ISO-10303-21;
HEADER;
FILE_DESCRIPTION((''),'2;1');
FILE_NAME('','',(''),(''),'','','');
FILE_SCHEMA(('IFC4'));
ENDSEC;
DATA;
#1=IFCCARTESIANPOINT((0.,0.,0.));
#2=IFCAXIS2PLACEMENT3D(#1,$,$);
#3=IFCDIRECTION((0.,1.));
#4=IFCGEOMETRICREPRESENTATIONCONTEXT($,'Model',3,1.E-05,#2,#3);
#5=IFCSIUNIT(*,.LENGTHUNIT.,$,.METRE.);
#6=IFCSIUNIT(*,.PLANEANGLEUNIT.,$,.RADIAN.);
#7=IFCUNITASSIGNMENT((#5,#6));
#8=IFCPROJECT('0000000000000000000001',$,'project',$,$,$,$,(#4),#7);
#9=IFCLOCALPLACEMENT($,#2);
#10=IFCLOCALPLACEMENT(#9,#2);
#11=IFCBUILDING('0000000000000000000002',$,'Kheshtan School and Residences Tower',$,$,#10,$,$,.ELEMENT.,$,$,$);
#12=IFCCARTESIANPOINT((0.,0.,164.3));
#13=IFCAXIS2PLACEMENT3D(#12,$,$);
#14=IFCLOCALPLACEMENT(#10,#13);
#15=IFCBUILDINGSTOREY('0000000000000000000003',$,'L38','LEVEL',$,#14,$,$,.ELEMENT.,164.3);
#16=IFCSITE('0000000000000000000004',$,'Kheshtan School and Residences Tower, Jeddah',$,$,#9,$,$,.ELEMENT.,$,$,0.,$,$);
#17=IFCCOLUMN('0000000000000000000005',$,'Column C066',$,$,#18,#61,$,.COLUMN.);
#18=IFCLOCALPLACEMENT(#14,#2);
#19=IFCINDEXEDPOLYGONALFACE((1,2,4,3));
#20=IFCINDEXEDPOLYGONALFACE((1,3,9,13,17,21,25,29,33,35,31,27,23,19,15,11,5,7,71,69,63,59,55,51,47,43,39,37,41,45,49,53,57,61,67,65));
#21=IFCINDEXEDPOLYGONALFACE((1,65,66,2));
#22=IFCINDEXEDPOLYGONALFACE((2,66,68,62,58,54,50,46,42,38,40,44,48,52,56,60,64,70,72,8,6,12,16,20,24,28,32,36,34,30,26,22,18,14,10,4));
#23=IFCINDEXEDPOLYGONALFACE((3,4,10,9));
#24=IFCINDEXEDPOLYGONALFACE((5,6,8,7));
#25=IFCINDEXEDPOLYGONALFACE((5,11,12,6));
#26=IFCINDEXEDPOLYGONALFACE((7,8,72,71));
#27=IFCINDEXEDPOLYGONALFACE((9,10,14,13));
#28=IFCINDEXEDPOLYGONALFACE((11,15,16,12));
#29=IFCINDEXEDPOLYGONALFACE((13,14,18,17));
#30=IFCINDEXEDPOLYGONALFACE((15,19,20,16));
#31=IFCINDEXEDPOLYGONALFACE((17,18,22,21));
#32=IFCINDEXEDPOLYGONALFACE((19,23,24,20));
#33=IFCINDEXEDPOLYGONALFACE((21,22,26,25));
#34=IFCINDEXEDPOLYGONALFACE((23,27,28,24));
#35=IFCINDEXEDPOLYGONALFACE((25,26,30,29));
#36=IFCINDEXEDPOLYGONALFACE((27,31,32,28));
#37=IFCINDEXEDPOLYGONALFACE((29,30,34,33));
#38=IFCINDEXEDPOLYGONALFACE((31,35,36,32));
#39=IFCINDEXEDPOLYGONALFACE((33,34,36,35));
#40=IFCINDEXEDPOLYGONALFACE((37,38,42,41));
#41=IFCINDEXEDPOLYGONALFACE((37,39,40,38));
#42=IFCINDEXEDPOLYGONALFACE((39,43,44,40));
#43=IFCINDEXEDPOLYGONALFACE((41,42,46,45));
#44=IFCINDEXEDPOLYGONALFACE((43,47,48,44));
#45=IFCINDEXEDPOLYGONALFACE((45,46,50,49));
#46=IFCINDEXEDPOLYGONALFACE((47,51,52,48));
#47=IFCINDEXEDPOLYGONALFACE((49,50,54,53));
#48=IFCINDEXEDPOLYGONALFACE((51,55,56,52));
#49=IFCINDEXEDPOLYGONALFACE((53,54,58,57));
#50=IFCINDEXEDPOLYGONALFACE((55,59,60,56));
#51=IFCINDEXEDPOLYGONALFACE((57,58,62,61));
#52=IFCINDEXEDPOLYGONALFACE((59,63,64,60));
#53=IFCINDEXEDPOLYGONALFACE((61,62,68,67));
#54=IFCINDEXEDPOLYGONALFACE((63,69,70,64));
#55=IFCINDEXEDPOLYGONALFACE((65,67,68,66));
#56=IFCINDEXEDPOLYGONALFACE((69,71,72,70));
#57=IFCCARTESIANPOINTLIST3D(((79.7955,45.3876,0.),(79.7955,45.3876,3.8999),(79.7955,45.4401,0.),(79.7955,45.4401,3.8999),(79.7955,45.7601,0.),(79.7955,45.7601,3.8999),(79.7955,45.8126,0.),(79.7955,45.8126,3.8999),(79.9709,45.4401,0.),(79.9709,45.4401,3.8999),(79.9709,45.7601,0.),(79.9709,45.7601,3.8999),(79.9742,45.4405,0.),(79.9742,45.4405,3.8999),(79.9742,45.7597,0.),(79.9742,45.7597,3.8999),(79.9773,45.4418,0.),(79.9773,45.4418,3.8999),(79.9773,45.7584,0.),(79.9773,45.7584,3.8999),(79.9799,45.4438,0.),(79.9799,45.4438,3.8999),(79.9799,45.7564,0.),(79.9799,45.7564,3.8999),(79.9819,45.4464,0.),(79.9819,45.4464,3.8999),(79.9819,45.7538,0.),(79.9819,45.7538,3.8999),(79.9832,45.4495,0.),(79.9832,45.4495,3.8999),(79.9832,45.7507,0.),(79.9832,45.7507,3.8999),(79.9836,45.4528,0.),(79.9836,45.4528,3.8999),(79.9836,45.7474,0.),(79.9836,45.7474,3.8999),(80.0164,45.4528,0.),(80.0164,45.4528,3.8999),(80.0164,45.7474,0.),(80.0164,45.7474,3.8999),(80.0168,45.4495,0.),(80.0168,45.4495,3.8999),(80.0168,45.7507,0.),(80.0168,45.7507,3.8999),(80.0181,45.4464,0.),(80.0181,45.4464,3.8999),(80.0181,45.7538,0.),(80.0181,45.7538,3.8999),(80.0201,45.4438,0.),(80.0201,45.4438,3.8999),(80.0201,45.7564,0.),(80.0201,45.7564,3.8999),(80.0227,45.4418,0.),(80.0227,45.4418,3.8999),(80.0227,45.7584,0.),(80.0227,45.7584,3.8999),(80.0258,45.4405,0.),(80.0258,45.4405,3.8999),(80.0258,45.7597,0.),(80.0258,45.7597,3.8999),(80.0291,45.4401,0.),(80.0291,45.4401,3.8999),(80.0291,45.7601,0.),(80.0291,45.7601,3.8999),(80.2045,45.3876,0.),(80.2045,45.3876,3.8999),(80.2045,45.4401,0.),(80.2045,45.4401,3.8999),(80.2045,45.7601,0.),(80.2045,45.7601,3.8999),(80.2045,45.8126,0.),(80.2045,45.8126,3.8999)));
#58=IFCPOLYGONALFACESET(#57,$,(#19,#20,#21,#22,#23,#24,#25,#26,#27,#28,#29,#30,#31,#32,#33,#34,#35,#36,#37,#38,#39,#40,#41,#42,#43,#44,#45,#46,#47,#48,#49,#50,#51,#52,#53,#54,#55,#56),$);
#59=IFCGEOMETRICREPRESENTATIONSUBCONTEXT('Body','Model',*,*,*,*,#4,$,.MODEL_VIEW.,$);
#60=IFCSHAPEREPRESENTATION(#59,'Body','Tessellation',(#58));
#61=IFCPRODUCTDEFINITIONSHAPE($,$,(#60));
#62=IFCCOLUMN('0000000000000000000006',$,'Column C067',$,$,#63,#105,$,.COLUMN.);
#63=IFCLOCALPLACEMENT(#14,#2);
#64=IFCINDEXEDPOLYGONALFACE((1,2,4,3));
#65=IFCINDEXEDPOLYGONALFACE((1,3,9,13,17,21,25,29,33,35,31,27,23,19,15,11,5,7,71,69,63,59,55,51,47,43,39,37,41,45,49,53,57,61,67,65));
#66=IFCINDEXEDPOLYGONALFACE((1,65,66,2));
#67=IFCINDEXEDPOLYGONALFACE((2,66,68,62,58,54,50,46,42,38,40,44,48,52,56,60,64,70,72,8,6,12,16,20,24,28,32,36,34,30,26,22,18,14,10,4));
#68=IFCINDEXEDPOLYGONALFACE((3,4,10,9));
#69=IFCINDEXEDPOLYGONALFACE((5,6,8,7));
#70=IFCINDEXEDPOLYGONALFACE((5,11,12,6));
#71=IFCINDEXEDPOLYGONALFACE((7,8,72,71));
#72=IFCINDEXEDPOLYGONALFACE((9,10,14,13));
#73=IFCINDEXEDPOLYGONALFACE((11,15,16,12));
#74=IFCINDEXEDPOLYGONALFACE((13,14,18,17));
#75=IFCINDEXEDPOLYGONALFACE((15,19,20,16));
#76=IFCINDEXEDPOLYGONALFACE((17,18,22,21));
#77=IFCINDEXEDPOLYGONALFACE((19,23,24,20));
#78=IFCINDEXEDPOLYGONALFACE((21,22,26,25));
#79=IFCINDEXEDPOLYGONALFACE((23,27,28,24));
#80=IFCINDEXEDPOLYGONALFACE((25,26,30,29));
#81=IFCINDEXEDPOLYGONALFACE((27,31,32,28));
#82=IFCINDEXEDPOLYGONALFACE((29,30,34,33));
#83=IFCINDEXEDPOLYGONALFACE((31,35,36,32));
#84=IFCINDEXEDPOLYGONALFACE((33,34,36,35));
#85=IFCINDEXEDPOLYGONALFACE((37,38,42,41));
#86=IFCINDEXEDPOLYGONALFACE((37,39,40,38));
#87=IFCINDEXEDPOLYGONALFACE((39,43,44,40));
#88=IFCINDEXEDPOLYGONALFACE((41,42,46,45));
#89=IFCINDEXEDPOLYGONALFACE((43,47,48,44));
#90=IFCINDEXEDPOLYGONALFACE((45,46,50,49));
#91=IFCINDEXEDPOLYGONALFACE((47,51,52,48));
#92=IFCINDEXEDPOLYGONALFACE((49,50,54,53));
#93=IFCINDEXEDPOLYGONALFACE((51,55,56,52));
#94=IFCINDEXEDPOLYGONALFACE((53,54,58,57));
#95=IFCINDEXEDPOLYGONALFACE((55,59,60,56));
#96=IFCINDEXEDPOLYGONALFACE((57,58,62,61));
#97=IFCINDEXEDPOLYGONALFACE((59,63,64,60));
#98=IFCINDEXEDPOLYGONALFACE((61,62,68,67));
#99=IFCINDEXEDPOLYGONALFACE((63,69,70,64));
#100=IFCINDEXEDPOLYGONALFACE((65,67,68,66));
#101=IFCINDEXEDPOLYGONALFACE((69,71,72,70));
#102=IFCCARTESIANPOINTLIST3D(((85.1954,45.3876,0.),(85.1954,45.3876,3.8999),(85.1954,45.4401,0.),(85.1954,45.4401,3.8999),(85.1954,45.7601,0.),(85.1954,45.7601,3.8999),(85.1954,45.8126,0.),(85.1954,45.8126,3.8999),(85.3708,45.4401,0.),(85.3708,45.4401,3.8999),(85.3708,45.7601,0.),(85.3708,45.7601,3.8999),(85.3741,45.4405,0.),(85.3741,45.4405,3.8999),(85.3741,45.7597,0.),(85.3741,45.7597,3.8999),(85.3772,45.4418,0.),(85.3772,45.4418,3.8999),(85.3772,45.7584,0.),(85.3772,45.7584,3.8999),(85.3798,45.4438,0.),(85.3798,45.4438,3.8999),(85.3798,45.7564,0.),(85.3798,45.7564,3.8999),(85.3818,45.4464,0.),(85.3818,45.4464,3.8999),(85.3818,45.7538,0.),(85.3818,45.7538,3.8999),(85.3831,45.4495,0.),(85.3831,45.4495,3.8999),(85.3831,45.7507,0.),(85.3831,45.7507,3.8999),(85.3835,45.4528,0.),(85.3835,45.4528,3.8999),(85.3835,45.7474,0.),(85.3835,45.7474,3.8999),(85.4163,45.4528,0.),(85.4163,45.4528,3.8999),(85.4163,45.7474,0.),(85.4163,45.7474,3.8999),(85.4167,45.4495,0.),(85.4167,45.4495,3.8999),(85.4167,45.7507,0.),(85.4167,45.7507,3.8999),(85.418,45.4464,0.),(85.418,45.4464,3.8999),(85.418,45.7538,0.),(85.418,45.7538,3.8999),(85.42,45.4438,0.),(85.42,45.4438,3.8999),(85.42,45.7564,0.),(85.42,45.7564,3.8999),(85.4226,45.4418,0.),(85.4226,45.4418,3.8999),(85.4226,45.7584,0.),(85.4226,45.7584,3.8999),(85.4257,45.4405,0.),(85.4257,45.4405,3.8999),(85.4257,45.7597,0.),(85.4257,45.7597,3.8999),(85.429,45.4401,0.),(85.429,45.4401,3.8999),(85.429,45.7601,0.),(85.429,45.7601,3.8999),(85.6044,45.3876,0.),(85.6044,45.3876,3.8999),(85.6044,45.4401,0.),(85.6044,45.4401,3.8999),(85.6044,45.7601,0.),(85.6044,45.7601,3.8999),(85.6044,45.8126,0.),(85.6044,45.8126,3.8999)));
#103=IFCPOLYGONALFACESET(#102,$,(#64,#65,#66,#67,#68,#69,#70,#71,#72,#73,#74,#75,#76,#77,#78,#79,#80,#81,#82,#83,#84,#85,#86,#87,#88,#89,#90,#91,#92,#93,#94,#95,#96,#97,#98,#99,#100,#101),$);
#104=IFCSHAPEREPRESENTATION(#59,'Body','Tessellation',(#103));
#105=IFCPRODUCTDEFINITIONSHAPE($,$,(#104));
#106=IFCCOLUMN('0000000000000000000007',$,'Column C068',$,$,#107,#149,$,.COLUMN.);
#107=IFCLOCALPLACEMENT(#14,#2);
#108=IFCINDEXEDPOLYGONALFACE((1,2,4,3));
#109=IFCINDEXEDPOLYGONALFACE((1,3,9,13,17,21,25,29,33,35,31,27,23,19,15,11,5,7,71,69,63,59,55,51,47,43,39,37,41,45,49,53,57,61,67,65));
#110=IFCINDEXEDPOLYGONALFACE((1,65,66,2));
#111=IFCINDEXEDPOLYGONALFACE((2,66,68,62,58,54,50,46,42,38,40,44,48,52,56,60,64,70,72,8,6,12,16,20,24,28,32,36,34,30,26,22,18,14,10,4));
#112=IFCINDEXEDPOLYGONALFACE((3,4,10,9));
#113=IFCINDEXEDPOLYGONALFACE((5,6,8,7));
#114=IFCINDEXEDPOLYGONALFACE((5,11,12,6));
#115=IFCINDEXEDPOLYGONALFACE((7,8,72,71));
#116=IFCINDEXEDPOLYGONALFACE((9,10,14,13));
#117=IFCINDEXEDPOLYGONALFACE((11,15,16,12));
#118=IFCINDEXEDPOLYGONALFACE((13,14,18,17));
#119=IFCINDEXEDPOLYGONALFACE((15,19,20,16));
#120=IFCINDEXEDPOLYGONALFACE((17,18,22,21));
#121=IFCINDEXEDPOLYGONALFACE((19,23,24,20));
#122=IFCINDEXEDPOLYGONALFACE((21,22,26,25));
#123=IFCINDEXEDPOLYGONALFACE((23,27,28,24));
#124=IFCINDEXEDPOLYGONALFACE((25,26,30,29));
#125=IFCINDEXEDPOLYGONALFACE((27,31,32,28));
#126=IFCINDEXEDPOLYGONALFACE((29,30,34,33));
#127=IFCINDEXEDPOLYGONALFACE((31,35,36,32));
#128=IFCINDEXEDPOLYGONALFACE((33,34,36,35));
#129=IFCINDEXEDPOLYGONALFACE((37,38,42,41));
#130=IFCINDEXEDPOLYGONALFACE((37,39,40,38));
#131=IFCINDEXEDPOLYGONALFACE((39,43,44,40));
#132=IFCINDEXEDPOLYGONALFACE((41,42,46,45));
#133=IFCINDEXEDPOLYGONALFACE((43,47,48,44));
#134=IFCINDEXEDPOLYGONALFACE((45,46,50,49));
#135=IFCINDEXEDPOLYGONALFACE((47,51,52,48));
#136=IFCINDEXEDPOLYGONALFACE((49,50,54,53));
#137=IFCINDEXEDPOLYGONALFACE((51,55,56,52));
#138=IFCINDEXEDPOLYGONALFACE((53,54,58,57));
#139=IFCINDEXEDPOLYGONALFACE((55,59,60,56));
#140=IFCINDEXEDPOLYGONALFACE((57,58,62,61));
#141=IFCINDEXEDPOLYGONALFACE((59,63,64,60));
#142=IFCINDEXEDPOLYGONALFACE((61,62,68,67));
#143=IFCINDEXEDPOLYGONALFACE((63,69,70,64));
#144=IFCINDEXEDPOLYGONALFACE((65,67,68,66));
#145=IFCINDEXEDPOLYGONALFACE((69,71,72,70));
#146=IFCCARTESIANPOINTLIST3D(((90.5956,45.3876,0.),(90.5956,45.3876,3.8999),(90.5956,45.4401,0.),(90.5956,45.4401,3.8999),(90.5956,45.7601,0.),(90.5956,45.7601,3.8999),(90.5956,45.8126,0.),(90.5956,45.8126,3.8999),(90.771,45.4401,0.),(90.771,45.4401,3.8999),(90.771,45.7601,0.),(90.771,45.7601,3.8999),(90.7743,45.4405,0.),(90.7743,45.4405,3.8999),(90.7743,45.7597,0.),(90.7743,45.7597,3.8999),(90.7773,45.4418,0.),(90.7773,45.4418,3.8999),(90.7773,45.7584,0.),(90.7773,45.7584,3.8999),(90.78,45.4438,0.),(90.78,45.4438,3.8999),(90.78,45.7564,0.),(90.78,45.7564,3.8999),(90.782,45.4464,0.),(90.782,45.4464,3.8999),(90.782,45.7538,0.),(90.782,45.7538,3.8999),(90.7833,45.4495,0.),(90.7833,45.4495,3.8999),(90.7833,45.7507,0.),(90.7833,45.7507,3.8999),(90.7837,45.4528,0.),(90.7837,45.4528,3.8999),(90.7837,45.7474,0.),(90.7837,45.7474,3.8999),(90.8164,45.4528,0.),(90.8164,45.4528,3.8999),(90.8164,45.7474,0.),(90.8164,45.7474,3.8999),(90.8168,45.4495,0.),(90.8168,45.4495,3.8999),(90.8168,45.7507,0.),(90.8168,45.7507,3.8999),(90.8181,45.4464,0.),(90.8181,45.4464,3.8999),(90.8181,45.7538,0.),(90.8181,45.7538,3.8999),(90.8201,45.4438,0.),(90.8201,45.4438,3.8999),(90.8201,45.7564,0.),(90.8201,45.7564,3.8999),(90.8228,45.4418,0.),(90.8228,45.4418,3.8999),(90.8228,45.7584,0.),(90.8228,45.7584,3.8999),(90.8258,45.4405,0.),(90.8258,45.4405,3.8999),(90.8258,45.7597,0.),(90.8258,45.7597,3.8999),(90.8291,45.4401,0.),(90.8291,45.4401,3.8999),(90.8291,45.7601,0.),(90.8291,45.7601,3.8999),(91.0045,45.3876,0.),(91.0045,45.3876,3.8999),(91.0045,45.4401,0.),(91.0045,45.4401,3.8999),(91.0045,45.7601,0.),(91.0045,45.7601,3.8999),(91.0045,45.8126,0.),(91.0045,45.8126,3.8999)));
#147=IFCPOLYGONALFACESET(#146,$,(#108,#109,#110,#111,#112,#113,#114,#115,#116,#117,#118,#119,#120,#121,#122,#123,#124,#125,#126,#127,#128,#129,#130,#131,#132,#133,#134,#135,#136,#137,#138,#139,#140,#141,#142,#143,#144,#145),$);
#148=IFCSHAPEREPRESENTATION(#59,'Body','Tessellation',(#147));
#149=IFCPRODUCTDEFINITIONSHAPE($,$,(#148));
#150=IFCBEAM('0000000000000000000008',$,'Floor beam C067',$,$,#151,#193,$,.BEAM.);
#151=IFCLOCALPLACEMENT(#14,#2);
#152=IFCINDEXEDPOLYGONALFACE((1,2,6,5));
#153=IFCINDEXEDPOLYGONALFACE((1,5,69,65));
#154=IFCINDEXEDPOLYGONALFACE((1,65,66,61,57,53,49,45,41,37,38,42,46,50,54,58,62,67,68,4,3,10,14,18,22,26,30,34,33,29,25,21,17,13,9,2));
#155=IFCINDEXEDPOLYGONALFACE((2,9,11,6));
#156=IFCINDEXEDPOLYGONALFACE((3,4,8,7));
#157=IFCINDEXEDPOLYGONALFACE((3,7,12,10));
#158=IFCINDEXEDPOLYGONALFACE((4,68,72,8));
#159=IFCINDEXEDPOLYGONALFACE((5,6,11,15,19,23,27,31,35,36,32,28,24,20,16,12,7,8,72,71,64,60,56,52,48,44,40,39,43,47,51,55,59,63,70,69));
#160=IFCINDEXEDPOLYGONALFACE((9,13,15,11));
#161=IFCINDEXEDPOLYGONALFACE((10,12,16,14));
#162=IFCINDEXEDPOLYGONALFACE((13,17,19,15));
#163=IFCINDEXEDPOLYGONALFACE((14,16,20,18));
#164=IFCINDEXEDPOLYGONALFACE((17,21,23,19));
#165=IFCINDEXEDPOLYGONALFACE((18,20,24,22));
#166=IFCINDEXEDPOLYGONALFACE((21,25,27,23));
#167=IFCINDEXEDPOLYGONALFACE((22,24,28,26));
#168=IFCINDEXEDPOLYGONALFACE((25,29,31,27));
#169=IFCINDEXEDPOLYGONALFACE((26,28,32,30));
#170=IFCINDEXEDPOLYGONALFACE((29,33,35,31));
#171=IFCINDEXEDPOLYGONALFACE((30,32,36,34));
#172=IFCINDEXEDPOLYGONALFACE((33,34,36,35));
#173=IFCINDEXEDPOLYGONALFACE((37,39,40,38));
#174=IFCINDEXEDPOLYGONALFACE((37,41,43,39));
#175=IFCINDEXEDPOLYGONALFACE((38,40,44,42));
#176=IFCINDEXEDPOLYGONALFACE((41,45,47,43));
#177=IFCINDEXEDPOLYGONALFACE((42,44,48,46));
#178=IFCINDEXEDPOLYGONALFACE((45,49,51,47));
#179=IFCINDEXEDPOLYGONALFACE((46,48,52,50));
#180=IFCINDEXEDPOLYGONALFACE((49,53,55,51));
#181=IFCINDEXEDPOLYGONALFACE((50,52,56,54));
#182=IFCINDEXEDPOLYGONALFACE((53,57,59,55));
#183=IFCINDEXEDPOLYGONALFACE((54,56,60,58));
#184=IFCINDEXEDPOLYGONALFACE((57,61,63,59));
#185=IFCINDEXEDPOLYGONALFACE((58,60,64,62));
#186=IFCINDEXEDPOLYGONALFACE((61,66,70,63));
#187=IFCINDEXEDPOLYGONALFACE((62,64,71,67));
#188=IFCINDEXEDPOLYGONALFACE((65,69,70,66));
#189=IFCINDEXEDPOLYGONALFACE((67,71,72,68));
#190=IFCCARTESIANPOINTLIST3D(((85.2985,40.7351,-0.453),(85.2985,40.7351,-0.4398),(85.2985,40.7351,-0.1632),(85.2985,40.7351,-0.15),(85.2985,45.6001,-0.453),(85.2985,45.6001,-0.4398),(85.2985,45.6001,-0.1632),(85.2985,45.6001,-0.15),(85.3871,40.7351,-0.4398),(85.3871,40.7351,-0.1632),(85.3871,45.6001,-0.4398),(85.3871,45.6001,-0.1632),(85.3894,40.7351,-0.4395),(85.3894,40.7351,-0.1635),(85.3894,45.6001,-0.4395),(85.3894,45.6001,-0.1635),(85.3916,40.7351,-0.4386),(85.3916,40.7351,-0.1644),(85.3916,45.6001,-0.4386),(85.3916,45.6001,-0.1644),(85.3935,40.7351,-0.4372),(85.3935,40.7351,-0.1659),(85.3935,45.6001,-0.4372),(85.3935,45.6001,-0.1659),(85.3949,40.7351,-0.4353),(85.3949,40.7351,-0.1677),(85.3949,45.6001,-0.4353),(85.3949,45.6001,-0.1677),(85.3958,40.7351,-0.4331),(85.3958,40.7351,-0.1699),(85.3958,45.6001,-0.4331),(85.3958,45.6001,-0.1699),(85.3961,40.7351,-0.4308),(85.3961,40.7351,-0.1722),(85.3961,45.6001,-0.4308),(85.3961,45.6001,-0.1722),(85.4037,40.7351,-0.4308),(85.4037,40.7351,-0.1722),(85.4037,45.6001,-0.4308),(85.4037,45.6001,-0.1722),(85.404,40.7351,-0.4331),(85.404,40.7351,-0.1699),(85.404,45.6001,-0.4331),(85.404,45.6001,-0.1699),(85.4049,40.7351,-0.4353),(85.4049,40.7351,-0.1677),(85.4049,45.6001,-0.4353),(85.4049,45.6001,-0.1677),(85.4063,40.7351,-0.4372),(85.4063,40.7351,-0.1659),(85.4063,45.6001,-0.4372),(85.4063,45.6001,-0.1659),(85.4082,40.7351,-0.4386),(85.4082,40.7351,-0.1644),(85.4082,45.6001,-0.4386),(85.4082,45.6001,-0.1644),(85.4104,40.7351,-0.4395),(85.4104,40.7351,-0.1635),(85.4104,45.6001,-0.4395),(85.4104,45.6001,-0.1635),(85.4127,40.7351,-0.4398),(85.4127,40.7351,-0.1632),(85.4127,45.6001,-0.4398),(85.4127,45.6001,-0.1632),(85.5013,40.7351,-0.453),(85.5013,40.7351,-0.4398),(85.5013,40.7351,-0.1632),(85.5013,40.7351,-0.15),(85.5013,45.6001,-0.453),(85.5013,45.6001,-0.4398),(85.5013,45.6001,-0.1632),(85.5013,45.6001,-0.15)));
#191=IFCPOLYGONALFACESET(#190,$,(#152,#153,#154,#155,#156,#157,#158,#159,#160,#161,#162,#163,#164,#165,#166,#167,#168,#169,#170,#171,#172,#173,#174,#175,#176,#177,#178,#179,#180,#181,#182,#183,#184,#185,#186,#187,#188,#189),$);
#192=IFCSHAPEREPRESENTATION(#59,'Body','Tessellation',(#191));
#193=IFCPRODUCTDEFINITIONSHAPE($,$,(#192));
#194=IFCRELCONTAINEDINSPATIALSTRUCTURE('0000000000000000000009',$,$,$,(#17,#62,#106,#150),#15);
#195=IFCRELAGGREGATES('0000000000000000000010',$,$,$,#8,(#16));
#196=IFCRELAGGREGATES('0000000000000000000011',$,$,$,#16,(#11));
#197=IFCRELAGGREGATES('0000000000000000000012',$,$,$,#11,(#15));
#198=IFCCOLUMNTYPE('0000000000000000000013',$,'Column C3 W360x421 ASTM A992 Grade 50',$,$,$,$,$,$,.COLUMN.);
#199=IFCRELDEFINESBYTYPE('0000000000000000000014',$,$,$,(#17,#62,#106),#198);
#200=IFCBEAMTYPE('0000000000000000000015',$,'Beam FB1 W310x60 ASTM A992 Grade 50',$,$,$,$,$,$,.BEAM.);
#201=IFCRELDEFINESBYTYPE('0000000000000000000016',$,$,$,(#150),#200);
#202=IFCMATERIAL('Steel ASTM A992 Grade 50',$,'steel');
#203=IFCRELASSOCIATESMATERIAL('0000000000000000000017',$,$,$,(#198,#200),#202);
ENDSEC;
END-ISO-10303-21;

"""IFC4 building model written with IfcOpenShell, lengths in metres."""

from ifc_helpers import new_model, si_unit, direction, frame, origin, origin_2d, place, context, subcontext, project, spatial, i_section, extrude, material, material_profile, profile_set, type_object, element, save


model = new_model("IFC4")

# Units and contexts
model_context = context("Model", 3, precision=1e-05, world=origin(), true_north=direction((0.0, 1.0)))
body_context = subcontext(model_context, "Body", "Model", "MODEL_VIEW")
ifc_project = project(units=[si_unit("LENGTHUNIT", "METRE"), si_unit("PLANEANGLEUNIT", "RADIAN")], contexts=[model_context])

# Site, building, storey
site_placement = place(None, origin())
site = spatial("IfcSite", under=ifc_project, at=site_placement, Name="Kheshtan School and Residences Tower, Jeddah", CompositionType="ELEMENT", RefElevation=0.0)
building_placement = place(site_placement, origin())
building = spatial("IfcBuilding", under=site, at=building_placement, Name="Kheshtan School and Residences Tower", CompositionType="ELEMENT")
storey_placement = place(building_placement, frame((0.0, 0.0, 164.3)))
storey = spatial("IfcBuildingStorey", under=building, at=storey_placement, Name="L38", Description="LEVEL", CompositionType="ELEMENT", Elevation=164.3)

# Columns
ifc_material_1 = material(Name="Steel ASTM A992 Grade 50", Category="steel")
ifc_material_profile_1 = material_profile(ifc_material_1, i_section(OverallWidth=0.4089, OverallDepth=0.425, WebThickness=0.0327, FlangeThickness=0.0525, FilletRadius=0.0127, at=origin_2d()), Name="W360x421")
ifc_profile_set_1 = profile_set([ifc_material_profile_1], Name="Steel ASTM A992 Grade 50")
column_type = type_object("IfcColumnType", Name="Column C3 W360x421 ASTM A992 Grade 50", PredefinedType="COLUMN", material=ifc_profile_set_1)
for number, where, z_axis, x_axis, name in (
    (1, (80.0, 45.6001, 0.0), (0.0, 0.0, 1.0), (1.0, 0.0, 0.0), "Column C066"),
    (2, (85.3999, 45.6001, 0.0), (0.0, 0.0, 1.0), (1.0, 0.0, 0.0), "Column C067"),
    (3, (90.8, 45.6001, 0.0), (0.0, 0.0, 1.0), (1.0, 0.0, 0.0), "Column C068"),
):
    element("IfcColumn", number, at=place(storey_placement, frame(where, z_axis=z_axis, x_axis=x_axis)), inside=storey, type_object=column_type, Name=name, PredefinedType="COLUMN", context=body_context, shape_type="SweptSolid", body=[
        extrude(i_section(OverallWidth=0.4089, OverallDepth=0.425, WebThickness=0.0327, FlangeThickness=0.0525, FilletRadius=0.0127, at=origin_2d()), origin(), (0.0, 0.0, 1.0), 3.8999),
    ])

# Beam
ifc_material_profile_2 = material_profile(ifc_material_1, i_section(OverallWidth=0.2029, OverallDepth=0.303, WebThickness=0.0076, FlangeThickness=0.0132, FilletRadius=0.009, at=origin_2d()), Name="W310x60")
ifc_profile_set_2 = profile_set([ifc_material_profile_2], Name="Steel ASTM A992 Grade 50")
beam_type_1 = type_object("IfcBeamType", Name="Beam FB1 W310x60 ASTM A992 Grade 50", PredefinedType="BEAM", material=ifc_profile_set_2)
beam_1_placement = place(storey_placement, frame((85.3999, 45.6001, -0.3015), z_axis=(0.0, -1.0, 0.0), x_axis=(1.0, 0.0, 0.0)))
element("IfcBeam", 4, at=beam_1_placement, inside=storey, type_object=beam_type_1, Name="Floor beam C067", PredefinedType="BEAM", context=body_context, shape_type="SweptSolid", body=[
    extrude(i_section(OverallWidth=0.2029, OverallDepth=0.303, WebThickness=0.0076, FlangeThickness=0.0132, FilletRadius=0.009, at=origin_2d()), origin(), (0.0, 0.0, 1.0), 4.865),
])

save(model, "model.ifc")
